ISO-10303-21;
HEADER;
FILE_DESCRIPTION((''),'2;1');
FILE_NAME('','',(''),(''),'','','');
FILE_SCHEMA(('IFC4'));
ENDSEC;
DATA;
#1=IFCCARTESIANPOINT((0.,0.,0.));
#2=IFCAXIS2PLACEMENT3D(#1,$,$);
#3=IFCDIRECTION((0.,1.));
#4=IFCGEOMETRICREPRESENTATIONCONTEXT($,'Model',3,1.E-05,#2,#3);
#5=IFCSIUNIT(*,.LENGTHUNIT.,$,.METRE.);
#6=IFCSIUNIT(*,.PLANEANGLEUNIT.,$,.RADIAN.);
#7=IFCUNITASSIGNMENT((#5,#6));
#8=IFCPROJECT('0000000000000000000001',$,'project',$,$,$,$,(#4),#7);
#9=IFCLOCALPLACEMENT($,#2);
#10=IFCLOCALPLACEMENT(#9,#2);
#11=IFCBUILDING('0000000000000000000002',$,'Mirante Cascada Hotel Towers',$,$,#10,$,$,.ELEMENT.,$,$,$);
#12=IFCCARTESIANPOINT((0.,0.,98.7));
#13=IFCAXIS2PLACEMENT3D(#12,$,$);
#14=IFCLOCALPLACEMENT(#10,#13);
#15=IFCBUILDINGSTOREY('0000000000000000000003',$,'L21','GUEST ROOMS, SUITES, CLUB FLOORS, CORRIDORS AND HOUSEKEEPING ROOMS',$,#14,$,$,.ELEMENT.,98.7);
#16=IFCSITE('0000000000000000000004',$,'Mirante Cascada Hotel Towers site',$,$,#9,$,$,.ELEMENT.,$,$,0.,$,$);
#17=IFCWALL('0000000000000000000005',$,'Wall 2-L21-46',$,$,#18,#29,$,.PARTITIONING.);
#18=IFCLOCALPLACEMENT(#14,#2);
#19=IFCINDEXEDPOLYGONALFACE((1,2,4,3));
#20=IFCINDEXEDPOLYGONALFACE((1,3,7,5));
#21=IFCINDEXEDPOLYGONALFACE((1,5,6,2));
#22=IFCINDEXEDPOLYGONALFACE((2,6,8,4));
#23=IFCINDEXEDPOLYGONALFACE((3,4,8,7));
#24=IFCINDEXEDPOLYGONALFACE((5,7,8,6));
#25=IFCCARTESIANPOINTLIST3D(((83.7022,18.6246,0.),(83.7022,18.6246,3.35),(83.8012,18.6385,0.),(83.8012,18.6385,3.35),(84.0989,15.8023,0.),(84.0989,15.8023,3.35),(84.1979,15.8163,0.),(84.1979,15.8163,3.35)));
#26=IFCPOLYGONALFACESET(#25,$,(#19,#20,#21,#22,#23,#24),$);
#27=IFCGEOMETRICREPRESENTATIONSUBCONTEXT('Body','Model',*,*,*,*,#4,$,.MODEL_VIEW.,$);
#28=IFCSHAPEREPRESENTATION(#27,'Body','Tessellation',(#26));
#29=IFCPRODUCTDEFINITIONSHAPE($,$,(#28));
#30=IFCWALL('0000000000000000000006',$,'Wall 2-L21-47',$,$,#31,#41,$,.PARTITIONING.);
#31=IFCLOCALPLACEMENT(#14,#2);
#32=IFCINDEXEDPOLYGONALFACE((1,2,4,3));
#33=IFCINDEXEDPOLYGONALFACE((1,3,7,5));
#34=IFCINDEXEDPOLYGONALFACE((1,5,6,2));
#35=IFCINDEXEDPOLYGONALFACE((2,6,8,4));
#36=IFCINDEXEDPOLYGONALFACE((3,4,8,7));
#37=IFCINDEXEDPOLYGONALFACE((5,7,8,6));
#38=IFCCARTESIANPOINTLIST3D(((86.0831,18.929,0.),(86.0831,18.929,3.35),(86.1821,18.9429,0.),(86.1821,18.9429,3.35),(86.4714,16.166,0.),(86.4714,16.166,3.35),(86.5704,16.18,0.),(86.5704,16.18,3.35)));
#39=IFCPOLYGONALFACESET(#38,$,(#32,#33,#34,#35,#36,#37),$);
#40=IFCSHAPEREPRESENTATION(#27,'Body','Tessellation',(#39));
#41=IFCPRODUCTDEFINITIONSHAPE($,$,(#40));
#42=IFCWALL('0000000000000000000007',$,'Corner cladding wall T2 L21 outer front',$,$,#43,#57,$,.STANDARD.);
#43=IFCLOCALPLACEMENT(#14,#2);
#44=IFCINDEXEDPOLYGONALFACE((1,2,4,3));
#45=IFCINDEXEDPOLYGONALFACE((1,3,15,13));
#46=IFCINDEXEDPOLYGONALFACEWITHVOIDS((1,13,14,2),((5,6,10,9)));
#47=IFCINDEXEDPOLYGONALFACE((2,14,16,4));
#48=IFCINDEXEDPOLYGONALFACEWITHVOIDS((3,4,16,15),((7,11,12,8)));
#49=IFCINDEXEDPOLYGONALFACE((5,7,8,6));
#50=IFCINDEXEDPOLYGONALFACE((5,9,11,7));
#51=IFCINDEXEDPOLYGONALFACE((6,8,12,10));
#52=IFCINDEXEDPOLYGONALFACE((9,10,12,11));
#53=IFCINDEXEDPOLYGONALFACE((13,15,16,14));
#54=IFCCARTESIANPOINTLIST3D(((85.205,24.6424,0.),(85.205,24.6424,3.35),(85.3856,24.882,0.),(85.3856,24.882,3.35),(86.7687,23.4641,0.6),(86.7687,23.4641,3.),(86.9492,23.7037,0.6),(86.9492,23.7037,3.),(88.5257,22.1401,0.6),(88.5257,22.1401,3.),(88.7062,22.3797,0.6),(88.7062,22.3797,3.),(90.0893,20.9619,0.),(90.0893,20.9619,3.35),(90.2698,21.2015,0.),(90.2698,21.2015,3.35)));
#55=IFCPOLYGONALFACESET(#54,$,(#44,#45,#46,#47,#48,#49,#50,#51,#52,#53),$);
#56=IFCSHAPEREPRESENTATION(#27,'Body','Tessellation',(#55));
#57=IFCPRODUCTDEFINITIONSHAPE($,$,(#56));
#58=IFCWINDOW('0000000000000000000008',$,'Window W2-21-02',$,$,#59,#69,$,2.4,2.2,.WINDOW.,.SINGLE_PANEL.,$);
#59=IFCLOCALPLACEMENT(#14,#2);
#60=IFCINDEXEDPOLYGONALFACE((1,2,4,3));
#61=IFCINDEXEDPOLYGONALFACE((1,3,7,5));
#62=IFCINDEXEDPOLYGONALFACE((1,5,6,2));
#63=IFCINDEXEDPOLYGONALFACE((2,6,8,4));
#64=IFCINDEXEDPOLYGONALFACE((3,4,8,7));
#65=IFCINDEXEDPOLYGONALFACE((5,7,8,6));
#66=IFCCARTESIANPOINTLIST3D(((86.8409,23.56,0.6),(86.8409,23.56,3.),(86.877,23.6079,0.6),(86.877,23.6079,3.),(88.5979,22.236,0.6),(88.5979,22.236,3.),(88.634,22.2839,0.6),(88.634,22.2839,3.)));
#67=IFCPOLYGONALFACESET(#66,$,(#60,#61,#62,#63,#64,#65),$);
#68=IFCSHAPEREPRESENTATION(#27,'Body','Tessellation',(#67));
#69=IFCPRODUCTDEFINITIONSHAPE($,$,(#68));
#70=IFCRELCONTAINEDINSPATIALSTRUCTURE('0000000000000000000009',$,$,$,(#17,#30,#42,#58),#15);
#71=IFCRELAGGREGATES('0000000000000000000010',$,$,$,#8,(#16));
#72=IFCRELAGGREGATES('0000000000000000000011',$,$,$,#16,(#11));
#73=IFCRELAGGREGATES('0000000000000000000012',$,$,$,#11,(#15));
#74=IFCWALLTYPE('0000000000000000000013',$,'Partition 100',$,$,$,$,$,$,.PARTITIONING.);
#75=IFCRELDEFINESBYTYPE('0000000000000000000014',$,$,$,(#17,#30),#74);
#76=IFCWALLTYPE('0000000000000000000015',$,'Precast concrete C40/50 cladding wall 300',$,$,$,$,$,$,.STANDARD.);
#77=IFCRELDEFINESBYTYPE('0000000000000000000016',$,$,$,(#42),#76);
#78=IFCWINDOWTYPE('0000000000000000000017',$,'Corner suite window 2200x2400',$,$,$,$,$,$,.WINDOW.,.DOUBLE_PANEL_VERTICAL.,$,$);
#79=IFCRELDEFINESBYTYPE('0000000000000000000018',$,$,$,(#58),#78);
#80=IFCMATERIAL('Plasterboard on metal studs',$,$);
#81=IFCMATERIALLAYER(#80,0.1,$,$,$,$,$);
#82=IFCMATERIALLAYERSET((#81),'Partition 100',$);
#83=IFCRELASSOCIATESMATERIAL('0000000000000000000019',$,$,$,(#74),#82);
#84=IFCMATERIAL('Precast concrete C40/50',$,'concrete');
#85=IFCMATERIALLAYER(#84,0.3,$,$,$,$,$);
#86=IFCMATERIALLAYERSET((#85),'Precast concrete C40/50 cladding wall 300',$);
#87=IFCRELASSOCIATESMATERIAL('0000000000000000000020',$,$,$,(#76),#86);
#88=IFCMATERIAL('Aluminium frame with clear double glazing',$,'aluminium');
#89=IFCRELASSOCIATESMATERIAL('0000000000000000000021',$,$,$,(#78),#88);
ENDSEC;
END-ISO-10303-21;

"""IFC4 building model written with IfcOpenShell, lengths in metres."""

from ifc_helpers import new_model, si_unit, direction, frame, frame_2d, origin, place, context, subcontext, project, spatial, rectangle, extrude, material, layer, layer_set, type_object, element, fill, save


model = new_model("IFC4")

# Units and contexts
model_context = context("Model", 3, precision=1e-05, world=origin(), true_north=direction((0.0, 1.0)))
body_context = subcontext(model_context, "Body", "Model", "MODEL_VIEW")
ifc_project = project(units=[si_unit("LENGTHUNIT", "METRE"), si_unit("PLANEANGLEUNIT", "RADIAN")], contexts=[model_context])

# Site, building, storey
site_placement = place(None, origin())
site = spatial("IfcSite", under=ifc_project, at=site_placement, Name="Mirante Cascada Hotel Towers site", CompositionType="ELEMENT", RefElevation=0.0)
building_placement = place(site_placement, origin())
building = spatial("IfcBuilding", under=site, at=building_placement, Name="Mirante Cascada Hotel Towers", CompositionType="ELEMENT")
storey_placement = place(building_placement, frame((0.0, 0.0, 98.7)))
storey = spatial("IfcBuildingStorey", under=building, at=storey_placement, Name="L21", Description="GUEST ROOMS, SUITES, CLUB FLOORS, CORRIDORS AND HOUSEKEEPING ROOMS", CompositionType="ELEMENT", Elevation=98.7)

# Shared definitions
ifc_material_1 = material(Name="Plasterboard on metal studs")
ifc_layer_1 = layer(ifc_material_1, 0.1)
ifc_layer_set_1 = layer_set([ifc_layer_1], Name="Partition 100")
wall_type_1 = type_object("IfcWallType", Name="Partition 100", PredefinedType="PARTITIONING", material=ifc_layer_set_1)

# Walls
wall_1_placement = place(storey_placement, frame((84.1484, 15.8093, 0.0), z_axis=(0.0, 0.0, 1.0), x_axis=(-0.139191, 0.990266, 0.0)))
element("IfcWall", 1, at=wall_1_placement, inside=storey, type_object=wall_type_1, Name="Wall 2-L21-46", PredefinedType="PARTITIONING", context=body_context, shape_type="SweptSolid", body=[
    extrude(rectangle(XDim=2.85, YDim=0.1, at=frame_2d((1.425, 0.0))), origin(), (0.0, 0.0, 1.0), 3.35),
])
wall_2_placement = place(storey_placement, frame((86.1326, 18.9359, 0.0), z_axis=(0.0, 0.0, 1.0), x_axis=(0.139173, -0.990268, 0.0)))
element("IfcWall", 2, at=wall_2_placement, inside=storey, type_object=wall_type_1, Name="Wall 2-L21-47", PredefinedType="PARTITIONING", context=body_context, shape_type="SweptSolid", body=[
    extrude(rectangle(XDim=2.7901, YDim=0.1, at=frame_2d((1.395, 0.0))), origin(), (0.0, 0.0, 1.0), 3.35),
])

# Wall, opening, window
ifc_material_2 = material(Name="Precast concrete C40/50", Category="concrete")
ifc_layer_2 = layer(ifc_material_2, 0.3)
ifc_layer_set_2 = layer_set([ifc_layer_2], Name="Precast concrete C40/50 cladding wall 300")
wall_type_2 = type_object("IfcWallType", Name="Precast concrete C40/50 cladding wall 300", PredefinedType="STANDARD", material=ifc_layer_set_2)
wall_3_placement = place(storey_placement, frame((90.1795, 21.0817, 0.0), z_axis=(0.0, 0.0, 1.0), x_axis=(-0.798636, 0.601814, 0.0)))
wall_3 = element("IfcWall", 3, at=wall_3_placement, inside=storey, type_object=wall_type_2, Name="Corner cladding wall T2 L21 outer front", PredefinedType="STANDARD", context=body_context, shape_type="SweptSolid", body=[
    extrude(rectangle(XDim=6.1157, YDim=0.3, at=frame_2d((3.0578, 0.0))), origin(), (0.0, 0.0, 1.0), 3.35),
])
opening_1_placement = place(wall_3_placement, frame((1.9578, 0.0, 0.6)))
opening_1 = element("IfcOpeningElement", 4, at=opening_1_placement, cuts=wall_3, PredefinedType="OPENING", context=body_context, shape_type="SweptSolid", body=[
    extrude(rectangle(XDim=2.2, YDim=2.4, at=frame_2d((1.1, 1.2))), frame((0.0, 0.15, 0.0), z_axis=(0.0, -1.0, 0.0), x_axis=(1.0, 0.0, 0.0)), (0.0, 0.0, 1.0), 0.3),
])
ifc_material_3 = material(Name="Aluminium frame with clear double glazing", Category="aluminium")
window_type = type_object("IfcWindowType", Name="Corner suite window 2200x2400", PartitioningType="DOUBLE_PANEL_VERTICAL", PredefinedType="WINDOW", material=ifc_material_3)
window_placement = place(opening_1_placement, origin())
window = element("IfcWindow", 5, at=window_placement, inside=storey, type_object=window_type, Name="Window W2-21-02", OverallHeight=2.4, OverallWidth=2.2, PartitioningType="SINGLE_PANEL", PredefinedType="WINDOW", context=body_context, shape_type="SweptSolid", body=[
    extrude(rectangle(XDim=2.2, YDim=2.4, at=frame_2d((1.1, 1.2))), frame((0.0, 0.03, 0.0), z_axis=(0.0, -1.0, 0.0), x_axis=(1.0, 0.0, 0.0)), (0.0, 0.0, 1.0), 0.06),
])
fill(opening_1, window)

save(model, "model.ifc")
